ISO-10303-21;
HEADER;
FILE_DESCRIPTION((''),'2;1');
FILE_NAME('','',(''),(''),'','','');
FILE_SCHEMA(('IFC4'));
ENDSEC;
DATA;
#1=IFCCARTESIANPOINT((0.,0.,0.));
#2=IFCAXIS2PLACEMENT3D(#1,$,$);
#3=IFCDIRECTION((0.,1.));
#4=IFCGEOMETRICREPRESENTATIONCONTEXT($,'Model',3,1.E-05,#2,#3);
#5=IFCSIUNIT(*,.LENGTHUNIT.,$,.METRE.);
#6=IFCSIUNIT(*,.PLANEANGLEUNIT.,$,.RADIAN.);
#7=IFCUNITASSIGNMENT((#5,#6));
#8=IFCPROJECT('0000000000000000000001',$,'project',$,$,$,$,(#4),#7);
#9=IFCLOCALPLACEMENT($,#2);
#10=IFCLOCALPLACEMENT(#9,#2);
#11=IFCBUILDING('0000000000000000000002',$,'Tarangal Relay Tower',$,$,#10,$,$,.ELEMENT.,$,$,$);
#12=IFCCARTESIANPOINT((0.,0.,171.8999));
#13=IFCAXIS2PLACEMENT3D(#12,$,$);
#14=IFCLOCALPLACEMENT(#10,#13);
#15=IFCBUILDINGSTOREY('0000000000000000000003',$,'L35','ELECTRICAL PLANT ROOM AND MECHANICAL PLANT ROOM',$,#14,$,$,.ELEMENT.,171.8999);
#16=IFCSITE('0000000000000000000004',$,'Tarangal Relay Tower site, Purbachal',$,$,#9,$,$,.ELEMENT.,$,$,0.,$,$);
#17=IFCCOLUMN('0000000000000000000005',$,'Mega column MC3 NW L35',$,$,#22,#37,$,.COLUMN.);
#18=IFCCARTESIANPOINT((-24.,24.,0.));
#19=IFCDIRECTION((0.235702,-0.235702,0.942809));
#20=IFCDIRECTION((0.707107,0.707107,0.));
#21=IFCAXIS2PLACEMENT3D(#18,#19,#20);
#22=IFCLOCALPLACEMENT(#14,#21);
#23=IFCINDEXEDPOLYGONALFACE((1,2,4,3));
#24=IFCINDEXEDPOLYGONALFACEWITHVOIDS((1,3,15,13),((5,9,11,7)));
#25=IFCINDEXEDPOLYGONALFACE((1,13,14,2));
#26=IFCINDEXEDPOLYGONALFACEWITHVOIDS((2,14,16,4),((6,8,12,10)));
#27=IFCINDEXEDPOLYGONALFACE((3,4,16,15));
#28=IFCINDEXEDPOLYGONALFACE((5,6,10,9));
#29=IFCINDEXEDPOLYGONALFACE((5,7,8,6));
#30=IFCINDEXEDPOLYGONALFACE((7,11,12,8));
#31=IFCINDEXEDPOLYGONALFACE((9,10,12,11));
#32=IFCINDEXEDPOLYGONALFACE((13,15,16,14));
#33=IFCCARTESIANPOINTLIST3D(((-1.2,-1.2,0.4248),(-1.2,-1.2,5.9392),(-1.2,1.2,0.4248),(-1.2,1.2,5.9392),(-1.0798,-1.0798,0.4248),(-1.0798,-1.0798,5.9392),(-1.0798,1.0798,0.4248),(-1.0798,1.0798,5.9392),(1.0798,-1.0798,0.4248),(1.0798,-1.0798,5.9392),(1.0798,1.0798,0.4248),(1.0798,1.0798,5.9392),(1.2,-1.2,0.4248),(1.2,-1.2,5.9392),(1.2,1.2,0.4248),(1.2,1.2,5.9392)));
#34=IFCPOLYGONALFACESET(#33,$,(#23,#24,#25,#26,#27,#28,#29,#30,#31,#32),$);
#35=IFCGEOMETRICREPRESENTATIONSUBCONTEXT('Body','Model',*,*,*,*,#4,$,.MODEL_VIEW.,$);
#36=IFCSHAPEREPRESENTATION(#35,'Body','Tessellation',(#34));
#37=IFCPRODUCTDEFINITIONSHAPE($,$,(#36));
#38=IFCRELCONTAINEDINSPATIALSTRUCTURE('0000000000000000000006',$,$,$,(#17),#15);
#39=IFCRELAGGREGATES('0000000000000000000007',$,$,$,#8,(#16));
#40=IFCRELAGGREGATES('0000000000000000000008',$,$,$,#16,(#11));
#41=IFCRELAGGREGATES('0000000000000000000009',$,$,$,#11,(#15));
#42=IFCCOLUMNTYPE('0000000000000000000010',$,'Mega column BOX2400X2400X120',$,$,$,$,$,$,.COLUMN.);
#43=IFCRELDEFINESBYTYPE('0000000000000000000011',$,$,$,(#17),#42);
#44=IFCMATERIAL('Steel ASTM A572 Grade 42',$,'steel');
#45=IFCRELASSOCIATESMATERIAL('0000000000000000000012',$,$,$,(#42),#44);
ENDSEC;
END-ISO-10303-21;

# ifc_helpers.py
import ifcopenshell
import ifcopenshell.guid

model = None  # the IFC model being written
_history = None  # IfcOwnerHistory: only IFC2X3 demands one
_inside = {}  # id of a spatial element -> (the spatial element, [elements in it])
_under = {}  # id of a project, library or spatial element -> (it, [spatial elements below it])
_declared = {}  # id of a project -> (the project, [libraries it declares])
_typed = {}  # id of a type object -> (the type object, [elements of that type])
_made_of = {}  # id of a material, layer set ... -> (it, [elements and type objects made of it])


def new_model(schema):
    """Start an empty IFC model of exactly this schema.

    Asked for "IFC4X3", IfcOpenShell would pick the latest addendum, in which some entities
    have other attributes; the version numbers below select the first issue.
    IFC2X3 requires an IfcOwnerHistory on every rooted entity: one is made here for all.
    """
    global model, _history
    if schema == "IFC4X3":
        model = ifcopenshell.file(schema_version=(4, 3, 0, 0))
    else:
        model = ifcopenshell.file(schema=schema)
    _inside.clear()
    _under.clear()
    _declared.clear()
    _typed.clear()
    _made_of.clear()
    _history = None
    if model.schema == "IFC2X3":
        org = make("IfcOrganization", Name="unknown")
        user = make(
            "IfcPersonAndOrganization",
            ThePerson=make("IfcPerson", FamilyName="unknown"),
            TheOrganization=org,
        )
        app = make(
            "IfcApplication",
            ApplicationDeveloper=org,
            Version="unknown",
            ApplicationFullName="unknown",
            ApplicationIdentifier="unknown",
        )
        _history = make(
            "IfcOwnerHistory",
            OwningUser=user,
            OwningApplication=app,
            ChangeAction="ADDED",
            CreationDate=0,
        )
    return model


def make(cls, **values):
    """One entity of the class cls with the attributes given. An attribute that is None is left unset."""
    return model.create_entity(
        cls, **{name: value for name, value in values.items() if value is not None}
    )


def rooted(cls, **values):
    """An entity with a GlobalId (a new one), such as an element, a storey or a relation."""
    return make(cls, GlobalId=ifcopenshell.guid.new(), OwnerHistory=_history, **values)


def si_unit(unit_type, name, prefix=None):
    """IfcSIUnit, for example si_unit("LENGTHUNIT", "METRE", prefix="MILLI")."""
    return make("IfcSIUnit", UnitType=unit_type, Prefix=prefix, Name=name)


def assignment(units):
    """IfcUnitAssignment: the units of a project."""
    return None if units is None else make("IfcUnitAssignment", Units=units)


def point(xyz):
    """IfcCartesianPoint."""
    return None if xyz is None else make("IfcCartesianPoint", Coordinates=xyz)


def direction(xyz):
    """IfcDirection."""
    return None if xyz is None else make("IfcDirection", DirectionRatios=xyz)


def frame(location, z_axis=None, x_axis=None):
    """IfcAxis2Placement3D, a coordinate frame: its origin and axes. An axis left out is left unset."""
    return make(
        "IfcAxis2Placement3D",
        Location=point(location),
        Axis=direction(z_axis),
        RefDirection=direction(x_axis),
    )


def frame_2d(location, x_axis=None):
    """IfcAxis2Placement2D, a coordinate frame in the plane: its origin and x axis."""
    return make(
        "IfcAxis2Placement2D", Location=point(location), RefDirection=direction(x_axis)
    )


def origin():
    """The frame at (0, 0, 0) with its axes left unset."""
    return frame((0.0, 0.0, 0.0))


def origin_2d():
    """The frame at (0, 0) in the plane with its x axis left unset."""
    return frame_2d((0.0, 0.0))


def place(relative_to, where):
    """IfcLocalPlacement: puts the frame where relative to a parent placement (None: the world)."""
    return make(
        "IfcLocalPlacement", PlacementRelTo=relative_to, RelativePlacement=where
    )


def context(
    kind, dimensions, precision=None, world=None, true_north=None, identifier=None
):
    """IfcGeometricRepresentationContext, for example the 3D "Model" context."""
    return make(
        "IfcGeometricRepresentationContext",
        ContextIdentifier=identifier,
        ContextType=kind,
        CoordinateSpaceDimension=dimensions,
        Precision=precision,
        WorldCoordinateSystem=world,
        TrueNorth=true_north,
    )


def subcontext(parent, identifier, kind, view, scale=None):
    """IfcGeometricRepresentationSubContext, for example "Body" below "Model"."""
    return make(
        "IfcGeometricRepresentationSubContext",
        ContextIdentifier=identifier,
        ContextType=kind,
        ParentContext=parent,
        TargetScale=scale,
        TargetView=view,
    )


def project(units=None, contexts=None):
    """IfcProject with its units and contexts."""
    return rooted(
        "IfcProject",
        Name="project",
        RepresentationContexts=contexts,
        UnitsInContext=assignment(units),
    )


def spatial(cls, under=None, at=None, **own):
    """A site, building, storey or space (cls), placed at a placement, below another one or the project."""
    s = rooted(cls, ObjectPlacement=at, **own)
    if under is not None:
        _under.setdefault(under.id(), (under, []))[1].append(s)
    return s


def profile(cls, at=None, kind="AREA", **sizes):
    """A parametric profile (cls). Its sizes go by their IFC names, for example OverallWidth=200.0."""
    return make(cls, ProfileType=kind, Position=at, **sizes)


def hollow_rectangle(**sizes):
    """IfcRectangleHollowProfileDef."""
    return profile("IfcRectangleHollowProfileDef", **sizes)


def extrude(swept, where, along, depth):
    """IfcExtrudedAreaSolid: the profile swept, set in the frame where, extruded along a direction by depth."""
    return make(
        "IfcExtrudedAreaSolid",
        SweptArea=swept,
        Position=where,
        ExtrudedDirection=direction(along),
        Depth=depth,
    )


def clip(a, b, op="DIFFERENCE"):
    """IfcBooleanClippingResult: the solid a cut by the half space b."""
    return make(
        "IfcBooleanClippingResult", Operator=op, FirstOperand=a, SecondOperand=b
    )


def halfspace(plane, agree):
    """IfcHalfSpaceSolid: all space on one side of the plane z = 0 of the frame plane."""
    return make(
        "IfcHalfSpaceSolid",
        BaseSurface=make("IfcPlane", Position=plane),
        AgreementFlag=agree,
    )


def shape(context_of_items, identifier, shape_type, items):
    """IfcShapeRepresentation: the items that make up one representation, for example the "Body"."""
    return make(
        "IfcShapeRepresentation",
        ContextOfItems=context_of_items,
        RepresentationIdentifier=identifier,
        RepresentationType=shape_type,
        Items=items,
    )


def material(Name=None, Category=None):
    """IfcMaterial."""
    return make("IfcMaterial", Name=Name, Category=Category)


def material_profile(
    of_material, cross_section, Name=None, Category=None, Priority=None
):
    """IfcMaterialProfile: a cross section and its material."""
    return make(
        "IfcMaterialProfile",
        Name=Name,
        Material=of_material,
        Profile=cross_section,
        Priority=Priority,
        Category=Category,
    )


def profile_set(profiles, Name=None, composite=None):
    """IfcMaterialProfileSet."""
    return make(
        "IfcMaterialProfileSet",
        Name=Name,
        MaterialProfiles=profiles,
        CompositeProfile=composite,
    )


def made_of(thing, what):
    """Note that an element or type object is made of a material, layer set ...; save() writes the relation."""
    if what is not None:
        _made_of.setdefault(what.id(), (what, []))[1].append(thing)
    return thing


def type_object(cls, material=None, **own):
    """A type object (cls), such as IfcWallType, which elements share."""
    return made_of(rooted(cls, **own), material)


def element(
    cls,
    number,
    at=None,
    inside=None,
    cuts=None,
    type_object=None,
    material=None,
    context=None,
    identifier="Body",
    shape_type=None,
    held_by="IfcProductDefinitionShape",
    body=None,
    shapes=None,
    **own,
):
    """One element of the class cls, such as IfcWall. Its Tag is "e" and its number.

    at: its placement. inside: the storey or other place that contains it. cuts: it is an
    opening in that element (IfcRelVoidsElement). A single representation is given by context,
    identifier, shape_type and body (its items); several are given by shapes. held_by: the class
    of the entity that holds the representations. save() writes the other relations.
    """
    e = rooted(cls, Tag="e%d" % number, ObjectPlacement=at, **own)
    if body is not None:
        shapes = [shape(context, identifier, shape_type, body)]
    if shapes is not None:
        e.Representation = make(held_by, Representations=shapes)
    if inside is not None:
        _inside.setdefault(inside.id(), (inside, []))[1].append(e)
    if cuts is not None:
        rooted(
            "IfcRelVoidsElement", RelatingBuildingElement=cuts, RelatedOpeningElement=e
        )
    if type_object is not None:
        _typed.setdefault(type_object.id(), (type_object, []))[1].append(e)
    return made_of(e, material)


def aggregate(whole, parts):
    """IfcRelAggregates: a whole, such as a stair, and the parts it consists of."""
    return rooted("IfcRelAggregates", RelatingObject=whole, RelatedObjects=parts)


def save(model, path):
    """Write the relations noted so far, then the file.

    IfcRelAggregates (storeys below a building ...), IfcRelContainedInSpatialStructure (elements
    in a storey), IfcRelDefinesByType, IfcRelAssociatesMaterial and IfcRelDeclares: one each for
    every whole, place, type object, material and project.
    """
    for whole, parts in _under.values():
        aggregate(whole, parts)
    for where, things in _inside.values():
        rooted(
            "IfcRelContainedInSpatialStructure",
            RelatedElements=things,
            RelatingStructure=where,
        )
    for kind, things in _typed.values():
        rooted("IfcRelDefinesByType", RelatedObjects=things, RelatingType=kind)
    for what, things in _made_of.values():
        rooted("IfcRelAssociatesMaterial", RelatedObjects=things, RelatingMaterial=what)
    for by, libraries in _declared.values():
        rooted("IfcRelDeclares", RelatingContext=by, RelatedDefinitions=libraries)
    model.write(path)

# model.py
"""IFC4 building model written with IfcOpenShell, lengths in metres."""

from ifc_helpers import new_model, si_unit, direction, frame, origin, origin_2d, place, context, subcontext, project, spatial, hollow_rectangle, extrude, clip, halfspace, material, material_profile, profile_set, type_object, element, save


model = new_model("IFC4")

# Units and contexts
model_context = context("Model", 3, precision=1e-05, world=origin(), true_north=direction((0.0, 1.0)))
body_context = subcontext(model_context, "Body", "Model", "MODEL_VIEW")
ifc_project = project(units=[si_unit("LENGTHUNIT", "METRE"), si_unit("PLANEANGLEUNIT", "RADIAN")], contexts=[model_context])

# Site, building, storey
site_placement = place(None, origin())
site = spatial("IfcSite", under=ifc_project, at=site_placement, Name="Tarangal Relay Tower site, Purbachal", CompositionType="ELEMENT", RefElevation=0.0)
building_placement = place(site_placement, origin())
building = spatial("IfcBuilding", under=site, at=building_placement, Name="Tarangal Relay Tower", CompositionType="ELEMENT")
storey_placement = place(building_placement, frame((0.0, 0.0, 171.8999)))
storey = spatial("IfcBuildingStorey", under=building, at=storey_placement, Name="L35", Description="ELECTRICAL PLANT ROOM AND MECHANICAL PLANT ROOM", CompositionType="ELEMENT", Elevation=171.8999)

# Column
ifc_material_1 = material(Name="Steel ASTM A572 Grade 42", Category="steel")
ifc_material_profile_1 = material_profile(ifc_material_1, hollow_rectangle(XDim=2.3999, YDim=2.3999, WallThickness=0.1201, at=origin_2d()), Name="BOX2400X2400X120")
ifc_profile_set_1 = profile_set([ifc_material_profile_1], Name="Steel ASTM A572 Grade 42")
column_type = type_object("IfcColumnType", Name="Mega column BOX2400X2400X120", PredefinedType="COLUMN", material=ifc_profile_set_1)
column_placement = place(storey_placement, frame((-24.0, 24.0, 0.0), z_axis=(0.235702, -0.235702, 0.942809), x_axis=(0.707107, 0.707107, 0.0)))
element("IfcColumn", 1, at=column_placement, inside=storey, type_object=column_type, Name="Mega column MC3 NW L35", PredefinedType="COLUMN", context=body_context, shape_type="Clipping", body=[
    clip(clip(extrude(hollow_rectangle(XDim=2.3999, YDim=2.3999, WallThickness=0.1201, at=origin_2d()), origin(), (0.0, 0.0, 1.0), 6.364), halfspace(frame((0.0, 0.0, 0.4248)), True)), halfspace(frame((0.0, 0.0, 5.9392)), False)),
])

save(model, "model.ifc")
